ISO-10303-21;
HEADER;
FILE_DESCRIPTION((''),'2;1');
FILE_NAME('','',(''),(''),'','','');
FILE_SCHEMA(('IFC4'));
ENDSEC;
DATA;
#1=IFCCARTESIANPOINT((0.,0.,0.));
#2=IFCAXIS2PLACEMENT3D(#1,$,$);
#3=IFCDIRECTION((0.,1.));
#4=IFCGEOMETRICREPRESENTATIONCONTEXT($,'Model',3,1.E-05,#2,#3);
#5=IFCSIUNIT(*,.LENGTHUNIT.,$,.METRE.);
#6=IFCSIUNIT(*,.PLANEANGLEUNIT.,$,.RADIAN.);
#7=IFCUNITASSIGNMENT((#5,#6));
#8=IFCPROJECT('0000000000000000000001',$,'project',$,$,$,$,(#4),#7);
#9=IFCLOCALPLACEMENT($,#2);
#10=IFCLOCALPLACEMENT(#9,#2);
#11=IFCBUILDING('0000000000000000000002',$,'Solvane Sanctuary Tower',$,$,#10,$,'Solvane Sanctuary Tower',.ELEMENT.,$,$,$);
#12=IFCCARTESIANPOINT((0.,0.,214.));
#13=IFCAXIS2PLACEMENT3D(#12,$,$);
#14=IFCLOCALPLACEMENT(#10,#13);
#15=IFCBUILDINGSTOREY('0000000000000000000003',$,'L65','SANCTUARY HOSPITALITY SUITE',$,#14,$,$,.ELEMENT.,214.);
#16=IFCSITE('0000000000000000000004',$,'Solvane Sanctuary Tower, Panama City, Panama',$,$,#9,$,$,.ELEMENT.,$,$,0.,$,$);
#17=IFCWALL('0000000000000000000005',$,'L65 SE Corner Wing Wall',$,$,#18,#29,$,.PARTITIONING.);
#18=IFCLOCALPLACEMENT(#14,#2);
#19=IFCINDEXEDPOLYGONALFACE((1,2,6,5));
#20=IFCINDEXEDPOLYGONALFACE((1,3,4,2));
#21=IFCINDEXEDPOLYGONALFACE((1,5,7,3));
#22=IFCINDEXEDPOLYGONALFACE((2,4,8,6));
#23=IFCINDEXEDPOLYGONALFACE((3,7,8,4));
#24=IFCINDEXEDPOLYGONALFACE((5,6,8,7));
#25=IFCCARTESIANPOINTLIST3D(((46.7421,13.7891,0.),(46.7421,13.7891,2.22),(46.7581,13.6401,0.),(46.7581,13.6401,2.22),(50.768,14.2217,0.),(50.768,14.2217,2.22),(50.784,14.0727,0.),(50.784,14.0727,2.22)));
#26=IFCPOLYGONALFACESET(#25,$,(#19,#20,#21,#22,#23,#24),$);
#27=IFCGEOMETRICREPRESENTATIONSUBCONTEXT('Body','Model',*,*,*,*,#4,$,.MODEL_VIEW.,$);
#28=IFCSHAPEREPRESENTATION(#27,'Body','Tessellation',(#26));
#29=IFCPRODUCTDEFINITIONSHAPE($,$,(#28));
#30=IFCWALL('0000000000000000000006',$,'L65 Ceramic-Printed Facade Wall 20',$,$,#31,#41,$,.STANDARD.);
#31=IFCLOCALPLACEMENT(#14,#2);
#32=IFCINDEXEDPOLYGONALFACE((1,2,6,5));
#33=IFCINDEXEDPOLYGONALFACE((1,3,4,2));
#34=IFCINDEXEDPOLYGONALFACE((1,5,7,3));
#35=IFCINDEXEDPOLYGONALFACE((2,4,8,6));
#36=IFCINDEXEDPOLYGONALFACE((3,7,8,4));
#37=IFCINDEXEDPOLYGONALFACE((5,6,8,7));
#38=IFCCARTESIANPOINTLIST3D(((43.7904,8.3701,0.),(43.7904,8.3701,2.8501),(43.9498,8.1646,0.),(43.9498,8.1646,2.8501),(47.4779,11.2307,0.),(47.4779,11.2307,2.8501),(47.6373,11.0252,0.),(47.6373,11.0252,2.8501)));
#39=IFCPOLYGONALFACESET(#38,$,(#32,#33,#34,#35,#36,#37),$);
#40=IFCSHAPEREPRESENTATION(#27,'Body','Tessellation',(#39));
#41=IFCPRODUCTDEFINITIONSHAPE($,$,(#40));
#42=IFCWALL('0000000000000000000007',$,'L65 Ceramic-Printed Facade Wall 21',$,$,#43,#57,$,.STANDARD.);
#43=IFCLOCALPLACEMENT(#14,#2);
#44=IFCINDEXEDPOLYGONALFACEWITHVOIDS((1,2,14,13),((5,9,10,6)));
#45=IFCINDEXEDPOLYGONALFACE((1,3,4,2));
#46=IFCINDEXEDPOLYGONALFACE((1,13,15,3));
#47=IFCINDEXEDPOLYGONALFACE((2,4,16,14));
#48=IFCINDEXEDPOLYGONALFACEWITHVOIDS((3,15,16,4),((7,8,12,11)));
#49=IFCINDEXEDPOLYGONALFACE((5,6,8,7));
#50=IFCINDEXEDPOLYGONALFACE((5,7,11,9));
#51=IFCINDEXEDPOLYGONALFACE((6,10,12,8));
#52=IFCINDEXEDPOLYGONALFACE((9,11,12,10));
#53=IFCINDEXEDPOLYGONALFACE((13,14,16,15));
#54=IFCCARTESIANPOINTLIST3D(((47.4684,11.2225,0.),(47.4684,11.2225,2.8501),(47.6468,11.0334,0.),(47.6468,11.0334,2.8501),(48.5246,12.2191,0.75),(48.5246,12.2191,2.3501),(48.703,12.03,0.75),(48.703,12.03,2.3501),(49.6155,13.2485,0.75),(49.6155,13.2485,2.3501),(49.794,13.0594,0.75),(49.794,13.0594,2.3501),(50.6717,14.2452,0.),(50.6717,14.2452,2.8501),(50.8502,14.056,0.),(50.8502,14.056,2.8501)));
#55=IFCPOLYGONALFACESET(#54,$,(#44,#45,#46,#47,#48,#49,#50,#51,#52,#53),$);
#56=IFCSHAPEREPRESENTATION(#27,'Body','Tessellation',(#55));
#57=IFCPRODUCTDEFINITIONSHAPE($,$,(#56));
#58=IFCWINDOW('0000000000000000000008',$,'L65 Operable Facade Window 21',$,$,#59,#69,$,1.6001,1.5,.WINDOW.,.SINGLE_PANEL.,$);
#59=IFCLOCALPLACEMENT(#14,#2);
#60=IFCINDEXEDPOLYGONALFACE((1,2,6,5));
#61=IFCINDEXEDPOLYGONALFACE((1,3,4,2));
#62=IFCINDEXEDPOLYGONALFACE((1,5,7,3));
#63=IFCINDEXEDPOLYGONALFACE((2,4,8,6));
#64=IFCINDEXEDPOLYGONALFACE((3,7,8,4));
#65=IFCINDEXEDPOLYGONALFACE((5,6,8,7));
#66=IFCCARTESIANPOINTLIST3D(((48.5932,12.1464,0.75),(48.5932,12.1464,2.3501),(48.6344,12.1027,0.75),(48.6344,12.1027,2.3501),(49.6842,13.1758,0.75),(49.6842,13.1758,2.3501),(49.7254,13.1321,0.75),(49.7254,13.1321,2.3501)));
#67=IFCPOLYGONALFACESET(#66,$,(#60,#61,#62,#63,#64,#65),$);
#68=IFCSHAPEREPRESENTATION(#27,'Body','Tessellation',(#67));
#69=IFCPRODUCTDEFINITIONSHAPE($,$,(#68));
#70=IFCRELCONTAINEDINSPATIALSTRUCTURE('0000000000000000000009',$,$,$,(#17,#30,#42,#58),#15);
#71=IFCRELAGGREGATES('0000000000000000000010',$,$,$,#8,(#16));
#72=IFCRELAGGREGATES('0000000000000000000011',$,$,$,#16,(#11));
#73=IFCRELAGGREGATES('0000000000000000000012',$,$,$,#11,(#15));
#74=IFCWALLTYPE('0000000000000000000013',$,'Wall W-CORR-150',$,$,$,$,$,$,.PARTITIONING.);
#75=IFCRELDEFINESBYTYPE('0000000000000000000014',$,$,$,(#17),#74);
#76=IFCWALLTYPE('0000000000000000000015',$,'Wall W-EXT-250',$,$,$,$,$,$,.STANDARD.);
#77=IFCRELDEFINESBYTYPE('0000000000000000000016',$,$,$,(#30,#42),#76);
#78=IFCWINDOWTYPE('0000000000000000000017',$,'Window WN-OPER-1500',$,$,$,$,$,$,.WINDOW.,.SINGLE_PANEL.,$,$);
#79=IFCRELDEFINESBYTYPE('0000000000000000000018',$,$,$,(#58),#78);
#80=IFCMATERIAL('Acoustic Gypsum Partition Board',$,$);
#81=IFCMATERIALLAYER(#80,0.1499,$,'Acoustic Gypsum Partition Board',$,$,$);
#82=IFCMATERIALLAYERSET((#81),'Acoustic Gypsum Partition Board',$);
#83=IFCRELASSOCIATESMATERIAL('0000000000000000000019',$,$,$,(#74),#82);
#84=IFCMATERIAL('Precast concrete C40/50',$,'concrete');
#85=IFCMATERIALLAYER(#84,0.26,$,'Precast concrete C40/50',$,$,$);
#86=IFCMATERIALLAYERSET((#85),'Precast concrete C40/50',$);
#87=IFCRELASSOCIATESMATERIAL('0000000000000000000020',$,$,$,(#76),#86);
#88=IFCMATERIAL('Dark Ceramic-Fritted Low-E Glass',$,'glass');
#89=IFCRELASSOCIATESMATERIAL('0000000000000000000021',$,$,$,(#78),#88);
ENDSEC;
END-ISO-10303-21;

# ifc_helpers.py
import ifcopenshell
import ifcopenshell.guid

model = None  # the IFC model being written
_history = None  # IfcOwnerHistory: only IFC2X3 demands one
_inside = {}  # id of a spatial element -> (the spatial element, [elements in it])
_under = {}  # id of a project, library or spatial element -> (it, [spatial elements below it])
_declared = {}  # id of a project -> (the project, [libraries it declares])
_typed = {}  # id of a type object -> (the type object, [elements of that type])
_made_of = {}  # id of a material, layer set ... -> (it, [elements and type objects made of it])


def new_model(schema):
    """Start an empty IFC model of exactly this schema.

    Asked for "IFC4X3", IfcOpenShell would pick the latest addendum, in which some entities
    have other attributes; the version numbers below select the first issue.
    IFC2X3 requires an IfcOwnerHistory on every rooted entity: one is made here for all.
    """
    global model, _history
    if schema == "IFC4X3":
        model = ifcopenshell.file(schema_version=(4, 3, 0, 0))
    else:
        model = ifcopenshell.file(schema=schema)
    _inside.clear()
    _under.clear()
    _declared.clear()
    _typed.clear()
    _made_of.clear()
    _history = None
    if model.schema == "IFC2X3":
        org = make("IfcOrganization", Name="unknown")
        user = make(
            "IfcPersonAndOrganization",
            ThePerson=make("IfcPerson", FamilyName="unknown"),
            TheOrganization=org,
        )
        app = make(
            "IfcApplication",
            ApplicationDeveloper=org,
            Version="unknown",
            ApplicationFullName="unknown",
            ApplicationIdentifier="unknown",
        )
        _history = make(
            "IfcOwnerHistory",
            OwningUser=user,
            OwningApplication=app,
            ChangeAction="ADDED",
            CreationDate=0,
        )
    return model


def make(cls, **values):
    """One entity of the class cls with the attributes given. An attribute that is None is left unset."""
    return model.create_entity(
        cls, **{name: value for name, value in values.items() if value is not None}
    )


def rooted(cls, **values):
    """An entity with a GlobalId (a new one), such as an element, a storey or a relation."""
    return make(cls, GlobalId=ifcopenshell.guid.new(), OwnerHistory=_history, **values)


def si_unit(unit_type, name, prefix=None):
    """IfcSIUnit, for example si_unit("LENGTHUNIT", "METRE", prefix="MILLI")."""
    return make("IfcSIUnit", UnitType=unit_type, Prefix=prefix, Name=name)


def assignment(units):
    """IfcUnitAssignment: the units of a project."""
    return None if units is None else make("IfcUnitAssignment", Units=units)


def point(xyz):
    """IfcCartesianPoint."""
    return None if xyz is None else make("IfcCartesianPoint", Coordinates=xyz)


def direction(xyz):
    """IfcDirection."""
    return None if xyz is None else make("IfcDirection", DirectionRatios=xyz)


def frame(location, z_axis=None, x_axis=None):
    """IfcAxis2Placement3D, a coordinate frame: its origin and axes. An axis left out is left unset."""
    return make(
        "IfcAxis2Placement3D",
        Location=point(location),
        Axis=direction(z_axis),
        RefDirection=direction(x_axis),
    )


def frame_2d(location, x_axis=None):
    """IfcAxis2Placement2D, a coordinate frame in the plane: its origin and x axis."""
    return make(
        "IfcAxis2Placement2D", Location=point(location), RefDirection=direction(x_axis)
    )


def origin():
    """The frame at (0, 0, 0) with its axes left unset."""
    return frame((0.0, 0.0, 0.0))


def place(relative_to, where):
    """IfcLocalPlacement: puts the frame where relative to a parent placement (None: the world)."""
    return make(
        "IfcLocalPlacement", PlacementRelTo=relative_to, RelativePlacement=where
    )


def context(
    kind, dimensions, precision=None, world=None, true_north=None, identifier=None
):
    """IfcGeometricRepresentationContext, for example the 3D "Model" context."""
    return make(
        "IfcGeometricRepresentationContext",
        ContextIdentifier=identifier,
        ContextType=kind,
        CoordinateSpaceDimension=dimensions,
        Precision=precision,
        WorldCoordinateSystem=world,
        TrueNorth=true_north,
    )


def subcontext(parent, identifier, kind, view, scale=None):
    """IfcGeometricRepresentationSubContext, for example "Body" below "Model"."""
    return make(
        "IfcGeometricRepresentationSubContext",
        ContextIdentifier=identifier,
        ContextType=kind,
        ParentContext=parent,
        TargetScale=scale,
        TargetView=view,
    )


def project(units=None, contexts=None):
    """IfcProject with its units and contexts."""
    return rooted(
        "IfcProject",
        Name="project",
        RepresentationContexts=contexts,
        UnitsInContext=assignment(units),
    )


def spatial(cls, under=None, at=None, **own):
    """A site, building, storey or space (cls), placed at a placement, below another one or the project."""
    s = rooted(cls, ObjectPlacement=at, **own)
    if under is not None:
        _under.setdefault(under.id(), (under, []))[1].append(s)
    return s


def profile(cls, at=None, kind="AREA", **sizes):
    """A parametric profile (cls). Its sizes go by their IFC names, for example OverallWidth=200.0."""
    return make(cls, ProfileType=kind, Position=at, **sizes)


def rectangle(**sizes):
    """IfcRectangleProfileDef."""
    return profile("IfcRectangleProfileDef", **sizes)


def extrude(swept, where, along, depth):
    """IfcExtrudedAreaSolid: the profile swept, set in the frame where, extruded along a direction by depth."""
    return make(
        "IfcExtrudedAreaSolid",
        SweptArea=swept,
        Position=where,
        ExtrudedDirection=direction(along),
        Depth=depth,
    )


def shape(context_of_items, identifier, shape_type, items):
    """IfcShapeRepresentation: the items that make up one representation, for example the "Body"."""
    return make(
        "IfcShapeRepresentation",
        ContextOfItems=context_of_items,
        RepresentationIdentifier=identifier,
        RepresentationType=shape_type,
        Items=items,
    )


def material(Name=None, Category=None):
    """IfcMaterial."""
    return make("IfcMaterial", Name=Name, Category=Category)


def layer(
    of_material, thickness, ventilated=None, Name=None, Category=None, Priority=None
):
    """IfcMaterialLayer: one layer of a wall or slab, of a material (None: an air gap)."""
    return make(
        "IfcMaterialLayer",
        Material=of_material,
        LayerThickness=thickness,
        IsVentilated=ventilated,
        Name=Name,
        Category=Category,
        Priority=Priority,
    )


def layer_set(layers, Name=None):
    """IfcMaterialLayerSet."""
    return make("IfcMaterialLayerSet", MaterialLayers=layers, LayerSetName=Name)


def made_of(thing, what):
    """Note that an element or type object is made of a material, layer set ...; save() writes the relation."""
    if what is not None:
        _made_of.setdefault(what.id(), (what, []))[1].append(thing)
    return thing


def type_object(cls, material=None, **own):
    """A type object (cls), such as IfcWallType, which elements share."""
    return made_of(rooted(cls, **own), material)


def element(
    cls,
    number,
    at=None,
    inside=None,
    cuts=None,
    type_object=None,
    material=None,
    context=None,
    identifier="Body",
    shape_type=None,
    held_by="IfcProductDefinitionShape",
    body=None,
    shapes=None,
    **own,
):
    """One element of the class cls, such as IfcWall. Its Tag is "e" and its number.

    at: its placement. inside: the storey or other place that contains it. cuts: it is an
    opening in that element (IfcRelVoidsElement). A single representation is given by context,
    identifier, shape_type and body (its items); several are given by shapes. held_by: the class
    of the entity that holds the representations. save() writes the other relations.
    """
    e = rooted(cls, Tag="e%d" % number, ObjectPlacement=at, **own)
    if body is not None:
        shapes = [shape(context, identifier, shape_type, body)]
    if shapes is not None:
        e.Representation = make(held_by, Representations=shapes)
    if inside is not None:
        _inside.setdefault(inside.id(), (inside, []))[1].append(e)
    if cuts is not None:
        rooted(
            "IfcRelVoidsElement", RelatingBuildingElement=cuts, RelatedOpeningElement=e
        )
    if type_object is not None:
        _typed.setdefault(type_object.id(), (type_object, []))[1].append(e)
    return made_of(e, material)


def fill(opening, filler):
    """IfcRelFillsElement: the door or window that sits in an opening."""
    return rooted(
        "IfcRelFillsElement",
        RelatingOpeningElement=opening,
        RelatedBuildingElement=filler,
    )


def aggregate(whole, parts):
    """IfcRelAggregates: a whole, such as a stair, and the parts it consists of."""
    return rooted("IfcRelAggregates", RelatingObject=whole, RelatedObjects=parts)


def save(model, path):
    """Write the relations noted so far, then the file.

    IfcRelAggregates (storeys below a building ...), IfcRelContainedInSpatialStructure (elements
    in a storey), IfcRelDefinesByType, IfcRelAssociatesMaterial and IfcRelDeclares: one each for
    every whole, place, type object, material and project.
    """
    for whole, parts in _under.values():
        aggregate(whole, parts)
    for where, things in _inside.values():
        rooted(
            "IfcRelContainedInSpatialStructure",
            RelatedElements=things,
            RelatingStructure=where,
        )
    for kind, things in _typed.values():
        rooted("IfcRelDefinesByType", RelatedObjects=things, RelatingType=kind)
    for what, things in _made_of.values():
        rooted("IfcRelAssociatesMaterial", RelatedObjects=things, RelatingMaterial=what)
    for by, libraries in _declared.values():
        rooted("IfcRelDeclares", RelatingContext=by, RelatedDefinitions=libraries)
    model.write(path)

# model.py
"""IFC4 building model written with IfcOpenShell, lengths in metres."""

from ifc_helpers import new_model, si_unit, direction, frame, frame_2d, origin, place, context, subcontext, project, spatial, rectangle, extrude, material, layer, layer_set, type_object, element, fill, save


model = new_model("IFC4")

# Units and contexts
model_context = context("Model", 3, precision=1e-05, world=origin(), true_north=direction((0.0, 1.0)))
body_context = subcontext(model_context, "Body", "Model", "MODEL_VIEW")
ifc_project = project(units=[si_unit("LENGTHUNIT", "METRE"), si_unit("PLANEANGLEUNIT", "RADIAN")], contexts=[model_context])

# Site, building, storey
site_placement = place(None, origin())
site = spatial("IfcSite", under=ifc_project, at=site_placement, Name="Solvane Sanctuary Tower, Panama City, Panama", CompositionType="ELEMENT", RefElevation=0.0)
building_placement = place(site_placement, origin())
building = spatial("IfcBuilding", under=site, at=building_placement, Name="Solvane Sanctuary Tower", LongName="Solvane Sanctuary Tower", CompositionType="ELEMENT")
storey_placement = place(building_placement, frame((0.0, 0.0, 214.0)))
storey = spatial("IfcBuildingStorey", under=building, at=storey_placement, Name="L65", Description="SANCTUARY HOSPITALITY SUITE", CompositionType="ELEMENT", Elevation=214.0)

# Shared definitions
ifc_material_1 = material(Name="Dark Ceramic-Fritted Low-E Glass", Category="glass")

# Shared definitions
ifc_material_2 = material(Name="Acoustic Gypsum Partition Board")
ifc_layer_1 = layer(ifc_material_2, 0.1499, Name="Acoustic Gypsum Partition Board")
ifc_layer_set_1 = layer_set([ifc_layer_1], Name="Acoustic Gypsum Partition Board")
wall_type_1 = type_object("IfcWallType", Name="Wall W-CORR-150", PredefinedType="PARTITIONING", material=ifc_layer_set_1)

# Walls
wall_1_placement = place(storey_placement, frame((46.7502, 13.7146, 0.0), z_axis=(0.0, 0.0, 1.0), x_axis=(0.994276, 0.106844, 0.0)))
element("IfcWall", 1, at=wall_1_placement, inside=storey, type_object=wall_type_1, Name="L65 SE Corner Wing Wall", PredefinedType="PARTITIONING", context=body_context, shape_type="SweptSolid", body=[
    extrude(rectangle(XDim=4.0491, YDim=0.1499, at=frame_2d((2.0244, 0.0))), origin(), (0.0, 0.0, 1.0), 2.22),
])
ifc_material_3 = material(Name="Precast concrete C40/50", Category="concrete")
ifc_layer_2 = layer(ifc_material_3, 0.26, Name="Precast concrete C40/50")
ifc_layer_set_2 = layer_set([ifc_layer_2], Name="Precast concrete C40/50")
wall_type_2 = type_object("IfcWallType", Name="Wall W-EXT-250", PredefinedType="STANDARD", material=ifc_layer_set_2)
wall_2_placement = place(storey_placement, frame((43.8701, 8.2673, 0.0), z_axis=(0.0, 0.0, 1.0), x_axis=(0.790126, 0.612944, 0.0)))
element("IfcWall", 2, at=wall_2_placement, inside=storey, type_object=wall_type_2, Name="L65 Ceramic-Printed Facade Wall 20", PredefinedType="STANDARD", context=body_context, shape_type="SweptSolid", body=[
    extrude(rectangle(XDim=4.667, YDim=0.26, at=frame_2d((2.3335, 0.0))), origin(), (0.0, 0.0, 1.0), 2.8501),
])

# Wall, opening, window
wall_3_placement = place(storey_placement, frame((47.5576, 11.1279, 0.0), z_axis=(0.0, 0.0, 1.0), x_axis=(0.727319, 0.6863, 0.0)))
wall_3 = element("IfcWall", 3, at=wall_3_placement, inside=storey, type_object=wall_type_2, Name="L65 Ceramic-Printed Facade Wall 21", PredefinedType="STANDARD", context=body_context, shape_type="SweptSolid", body=[
    extrude(rectangle(XDim=4.4043, YDim=0.26, at=frame_2d((2.2021, 0.0))), origin(), (0.0, 0.0, 1.0), 2.8501),
])
opening_1_placement = place(wall_3_placement, frame((1.4521, 0.0, 0.75)))
opening_1 = element("IfcOpeningElement", 4, at=opening_1_placement, cuts=wall_3, PredefinedType="OPENING", context=body_context, shape_type="SweptSolid", body=[
    extrude(rectangle(XDim=1.5, YDim=1.6001, at=frame_2d((0.75, 0.8))), frame((0.0, 0.1399, 0.0), z_axis=(0.0, -1.0, 0.0), x_axis=(1.0, 0.0, 0.0)), (0.0, 0.0, 1.0), 0.28),
])
window_type = type_object("IfcWindowType", Name="Window WN-OPER-1500", PartitioningType="SINGLE_PANEL", PredefinedType="WINDOW", material=ifc_material_1)
window_placement = place(opening_1_placement, origin())
window = element("IfcWindow", 5, at=window_placement, inside=storey, type_object=window_type, Name="L65 Operable Facade Window 21", OverallHeight=1.6001, OverallWidth=1.5, PartitioningType="SINGLE_PANEL", PredefinedType="WINDOW", context=body_context, shape_type="SweptSolid", body=[
    extrude(rectangle(XDim=1.5, YDim=1.6001, at=frame_2d((0.75, 0.8))), frame((0.0, 0.03, 0.0), z_axis=(0.0, -1.0, 0.0), x_axis=(1.0, 0.0, 0.0)), (0.0, 0.0, 1.0), 0.0601),
])
fill(opening_1, window)

save(model, "model.ifc")
